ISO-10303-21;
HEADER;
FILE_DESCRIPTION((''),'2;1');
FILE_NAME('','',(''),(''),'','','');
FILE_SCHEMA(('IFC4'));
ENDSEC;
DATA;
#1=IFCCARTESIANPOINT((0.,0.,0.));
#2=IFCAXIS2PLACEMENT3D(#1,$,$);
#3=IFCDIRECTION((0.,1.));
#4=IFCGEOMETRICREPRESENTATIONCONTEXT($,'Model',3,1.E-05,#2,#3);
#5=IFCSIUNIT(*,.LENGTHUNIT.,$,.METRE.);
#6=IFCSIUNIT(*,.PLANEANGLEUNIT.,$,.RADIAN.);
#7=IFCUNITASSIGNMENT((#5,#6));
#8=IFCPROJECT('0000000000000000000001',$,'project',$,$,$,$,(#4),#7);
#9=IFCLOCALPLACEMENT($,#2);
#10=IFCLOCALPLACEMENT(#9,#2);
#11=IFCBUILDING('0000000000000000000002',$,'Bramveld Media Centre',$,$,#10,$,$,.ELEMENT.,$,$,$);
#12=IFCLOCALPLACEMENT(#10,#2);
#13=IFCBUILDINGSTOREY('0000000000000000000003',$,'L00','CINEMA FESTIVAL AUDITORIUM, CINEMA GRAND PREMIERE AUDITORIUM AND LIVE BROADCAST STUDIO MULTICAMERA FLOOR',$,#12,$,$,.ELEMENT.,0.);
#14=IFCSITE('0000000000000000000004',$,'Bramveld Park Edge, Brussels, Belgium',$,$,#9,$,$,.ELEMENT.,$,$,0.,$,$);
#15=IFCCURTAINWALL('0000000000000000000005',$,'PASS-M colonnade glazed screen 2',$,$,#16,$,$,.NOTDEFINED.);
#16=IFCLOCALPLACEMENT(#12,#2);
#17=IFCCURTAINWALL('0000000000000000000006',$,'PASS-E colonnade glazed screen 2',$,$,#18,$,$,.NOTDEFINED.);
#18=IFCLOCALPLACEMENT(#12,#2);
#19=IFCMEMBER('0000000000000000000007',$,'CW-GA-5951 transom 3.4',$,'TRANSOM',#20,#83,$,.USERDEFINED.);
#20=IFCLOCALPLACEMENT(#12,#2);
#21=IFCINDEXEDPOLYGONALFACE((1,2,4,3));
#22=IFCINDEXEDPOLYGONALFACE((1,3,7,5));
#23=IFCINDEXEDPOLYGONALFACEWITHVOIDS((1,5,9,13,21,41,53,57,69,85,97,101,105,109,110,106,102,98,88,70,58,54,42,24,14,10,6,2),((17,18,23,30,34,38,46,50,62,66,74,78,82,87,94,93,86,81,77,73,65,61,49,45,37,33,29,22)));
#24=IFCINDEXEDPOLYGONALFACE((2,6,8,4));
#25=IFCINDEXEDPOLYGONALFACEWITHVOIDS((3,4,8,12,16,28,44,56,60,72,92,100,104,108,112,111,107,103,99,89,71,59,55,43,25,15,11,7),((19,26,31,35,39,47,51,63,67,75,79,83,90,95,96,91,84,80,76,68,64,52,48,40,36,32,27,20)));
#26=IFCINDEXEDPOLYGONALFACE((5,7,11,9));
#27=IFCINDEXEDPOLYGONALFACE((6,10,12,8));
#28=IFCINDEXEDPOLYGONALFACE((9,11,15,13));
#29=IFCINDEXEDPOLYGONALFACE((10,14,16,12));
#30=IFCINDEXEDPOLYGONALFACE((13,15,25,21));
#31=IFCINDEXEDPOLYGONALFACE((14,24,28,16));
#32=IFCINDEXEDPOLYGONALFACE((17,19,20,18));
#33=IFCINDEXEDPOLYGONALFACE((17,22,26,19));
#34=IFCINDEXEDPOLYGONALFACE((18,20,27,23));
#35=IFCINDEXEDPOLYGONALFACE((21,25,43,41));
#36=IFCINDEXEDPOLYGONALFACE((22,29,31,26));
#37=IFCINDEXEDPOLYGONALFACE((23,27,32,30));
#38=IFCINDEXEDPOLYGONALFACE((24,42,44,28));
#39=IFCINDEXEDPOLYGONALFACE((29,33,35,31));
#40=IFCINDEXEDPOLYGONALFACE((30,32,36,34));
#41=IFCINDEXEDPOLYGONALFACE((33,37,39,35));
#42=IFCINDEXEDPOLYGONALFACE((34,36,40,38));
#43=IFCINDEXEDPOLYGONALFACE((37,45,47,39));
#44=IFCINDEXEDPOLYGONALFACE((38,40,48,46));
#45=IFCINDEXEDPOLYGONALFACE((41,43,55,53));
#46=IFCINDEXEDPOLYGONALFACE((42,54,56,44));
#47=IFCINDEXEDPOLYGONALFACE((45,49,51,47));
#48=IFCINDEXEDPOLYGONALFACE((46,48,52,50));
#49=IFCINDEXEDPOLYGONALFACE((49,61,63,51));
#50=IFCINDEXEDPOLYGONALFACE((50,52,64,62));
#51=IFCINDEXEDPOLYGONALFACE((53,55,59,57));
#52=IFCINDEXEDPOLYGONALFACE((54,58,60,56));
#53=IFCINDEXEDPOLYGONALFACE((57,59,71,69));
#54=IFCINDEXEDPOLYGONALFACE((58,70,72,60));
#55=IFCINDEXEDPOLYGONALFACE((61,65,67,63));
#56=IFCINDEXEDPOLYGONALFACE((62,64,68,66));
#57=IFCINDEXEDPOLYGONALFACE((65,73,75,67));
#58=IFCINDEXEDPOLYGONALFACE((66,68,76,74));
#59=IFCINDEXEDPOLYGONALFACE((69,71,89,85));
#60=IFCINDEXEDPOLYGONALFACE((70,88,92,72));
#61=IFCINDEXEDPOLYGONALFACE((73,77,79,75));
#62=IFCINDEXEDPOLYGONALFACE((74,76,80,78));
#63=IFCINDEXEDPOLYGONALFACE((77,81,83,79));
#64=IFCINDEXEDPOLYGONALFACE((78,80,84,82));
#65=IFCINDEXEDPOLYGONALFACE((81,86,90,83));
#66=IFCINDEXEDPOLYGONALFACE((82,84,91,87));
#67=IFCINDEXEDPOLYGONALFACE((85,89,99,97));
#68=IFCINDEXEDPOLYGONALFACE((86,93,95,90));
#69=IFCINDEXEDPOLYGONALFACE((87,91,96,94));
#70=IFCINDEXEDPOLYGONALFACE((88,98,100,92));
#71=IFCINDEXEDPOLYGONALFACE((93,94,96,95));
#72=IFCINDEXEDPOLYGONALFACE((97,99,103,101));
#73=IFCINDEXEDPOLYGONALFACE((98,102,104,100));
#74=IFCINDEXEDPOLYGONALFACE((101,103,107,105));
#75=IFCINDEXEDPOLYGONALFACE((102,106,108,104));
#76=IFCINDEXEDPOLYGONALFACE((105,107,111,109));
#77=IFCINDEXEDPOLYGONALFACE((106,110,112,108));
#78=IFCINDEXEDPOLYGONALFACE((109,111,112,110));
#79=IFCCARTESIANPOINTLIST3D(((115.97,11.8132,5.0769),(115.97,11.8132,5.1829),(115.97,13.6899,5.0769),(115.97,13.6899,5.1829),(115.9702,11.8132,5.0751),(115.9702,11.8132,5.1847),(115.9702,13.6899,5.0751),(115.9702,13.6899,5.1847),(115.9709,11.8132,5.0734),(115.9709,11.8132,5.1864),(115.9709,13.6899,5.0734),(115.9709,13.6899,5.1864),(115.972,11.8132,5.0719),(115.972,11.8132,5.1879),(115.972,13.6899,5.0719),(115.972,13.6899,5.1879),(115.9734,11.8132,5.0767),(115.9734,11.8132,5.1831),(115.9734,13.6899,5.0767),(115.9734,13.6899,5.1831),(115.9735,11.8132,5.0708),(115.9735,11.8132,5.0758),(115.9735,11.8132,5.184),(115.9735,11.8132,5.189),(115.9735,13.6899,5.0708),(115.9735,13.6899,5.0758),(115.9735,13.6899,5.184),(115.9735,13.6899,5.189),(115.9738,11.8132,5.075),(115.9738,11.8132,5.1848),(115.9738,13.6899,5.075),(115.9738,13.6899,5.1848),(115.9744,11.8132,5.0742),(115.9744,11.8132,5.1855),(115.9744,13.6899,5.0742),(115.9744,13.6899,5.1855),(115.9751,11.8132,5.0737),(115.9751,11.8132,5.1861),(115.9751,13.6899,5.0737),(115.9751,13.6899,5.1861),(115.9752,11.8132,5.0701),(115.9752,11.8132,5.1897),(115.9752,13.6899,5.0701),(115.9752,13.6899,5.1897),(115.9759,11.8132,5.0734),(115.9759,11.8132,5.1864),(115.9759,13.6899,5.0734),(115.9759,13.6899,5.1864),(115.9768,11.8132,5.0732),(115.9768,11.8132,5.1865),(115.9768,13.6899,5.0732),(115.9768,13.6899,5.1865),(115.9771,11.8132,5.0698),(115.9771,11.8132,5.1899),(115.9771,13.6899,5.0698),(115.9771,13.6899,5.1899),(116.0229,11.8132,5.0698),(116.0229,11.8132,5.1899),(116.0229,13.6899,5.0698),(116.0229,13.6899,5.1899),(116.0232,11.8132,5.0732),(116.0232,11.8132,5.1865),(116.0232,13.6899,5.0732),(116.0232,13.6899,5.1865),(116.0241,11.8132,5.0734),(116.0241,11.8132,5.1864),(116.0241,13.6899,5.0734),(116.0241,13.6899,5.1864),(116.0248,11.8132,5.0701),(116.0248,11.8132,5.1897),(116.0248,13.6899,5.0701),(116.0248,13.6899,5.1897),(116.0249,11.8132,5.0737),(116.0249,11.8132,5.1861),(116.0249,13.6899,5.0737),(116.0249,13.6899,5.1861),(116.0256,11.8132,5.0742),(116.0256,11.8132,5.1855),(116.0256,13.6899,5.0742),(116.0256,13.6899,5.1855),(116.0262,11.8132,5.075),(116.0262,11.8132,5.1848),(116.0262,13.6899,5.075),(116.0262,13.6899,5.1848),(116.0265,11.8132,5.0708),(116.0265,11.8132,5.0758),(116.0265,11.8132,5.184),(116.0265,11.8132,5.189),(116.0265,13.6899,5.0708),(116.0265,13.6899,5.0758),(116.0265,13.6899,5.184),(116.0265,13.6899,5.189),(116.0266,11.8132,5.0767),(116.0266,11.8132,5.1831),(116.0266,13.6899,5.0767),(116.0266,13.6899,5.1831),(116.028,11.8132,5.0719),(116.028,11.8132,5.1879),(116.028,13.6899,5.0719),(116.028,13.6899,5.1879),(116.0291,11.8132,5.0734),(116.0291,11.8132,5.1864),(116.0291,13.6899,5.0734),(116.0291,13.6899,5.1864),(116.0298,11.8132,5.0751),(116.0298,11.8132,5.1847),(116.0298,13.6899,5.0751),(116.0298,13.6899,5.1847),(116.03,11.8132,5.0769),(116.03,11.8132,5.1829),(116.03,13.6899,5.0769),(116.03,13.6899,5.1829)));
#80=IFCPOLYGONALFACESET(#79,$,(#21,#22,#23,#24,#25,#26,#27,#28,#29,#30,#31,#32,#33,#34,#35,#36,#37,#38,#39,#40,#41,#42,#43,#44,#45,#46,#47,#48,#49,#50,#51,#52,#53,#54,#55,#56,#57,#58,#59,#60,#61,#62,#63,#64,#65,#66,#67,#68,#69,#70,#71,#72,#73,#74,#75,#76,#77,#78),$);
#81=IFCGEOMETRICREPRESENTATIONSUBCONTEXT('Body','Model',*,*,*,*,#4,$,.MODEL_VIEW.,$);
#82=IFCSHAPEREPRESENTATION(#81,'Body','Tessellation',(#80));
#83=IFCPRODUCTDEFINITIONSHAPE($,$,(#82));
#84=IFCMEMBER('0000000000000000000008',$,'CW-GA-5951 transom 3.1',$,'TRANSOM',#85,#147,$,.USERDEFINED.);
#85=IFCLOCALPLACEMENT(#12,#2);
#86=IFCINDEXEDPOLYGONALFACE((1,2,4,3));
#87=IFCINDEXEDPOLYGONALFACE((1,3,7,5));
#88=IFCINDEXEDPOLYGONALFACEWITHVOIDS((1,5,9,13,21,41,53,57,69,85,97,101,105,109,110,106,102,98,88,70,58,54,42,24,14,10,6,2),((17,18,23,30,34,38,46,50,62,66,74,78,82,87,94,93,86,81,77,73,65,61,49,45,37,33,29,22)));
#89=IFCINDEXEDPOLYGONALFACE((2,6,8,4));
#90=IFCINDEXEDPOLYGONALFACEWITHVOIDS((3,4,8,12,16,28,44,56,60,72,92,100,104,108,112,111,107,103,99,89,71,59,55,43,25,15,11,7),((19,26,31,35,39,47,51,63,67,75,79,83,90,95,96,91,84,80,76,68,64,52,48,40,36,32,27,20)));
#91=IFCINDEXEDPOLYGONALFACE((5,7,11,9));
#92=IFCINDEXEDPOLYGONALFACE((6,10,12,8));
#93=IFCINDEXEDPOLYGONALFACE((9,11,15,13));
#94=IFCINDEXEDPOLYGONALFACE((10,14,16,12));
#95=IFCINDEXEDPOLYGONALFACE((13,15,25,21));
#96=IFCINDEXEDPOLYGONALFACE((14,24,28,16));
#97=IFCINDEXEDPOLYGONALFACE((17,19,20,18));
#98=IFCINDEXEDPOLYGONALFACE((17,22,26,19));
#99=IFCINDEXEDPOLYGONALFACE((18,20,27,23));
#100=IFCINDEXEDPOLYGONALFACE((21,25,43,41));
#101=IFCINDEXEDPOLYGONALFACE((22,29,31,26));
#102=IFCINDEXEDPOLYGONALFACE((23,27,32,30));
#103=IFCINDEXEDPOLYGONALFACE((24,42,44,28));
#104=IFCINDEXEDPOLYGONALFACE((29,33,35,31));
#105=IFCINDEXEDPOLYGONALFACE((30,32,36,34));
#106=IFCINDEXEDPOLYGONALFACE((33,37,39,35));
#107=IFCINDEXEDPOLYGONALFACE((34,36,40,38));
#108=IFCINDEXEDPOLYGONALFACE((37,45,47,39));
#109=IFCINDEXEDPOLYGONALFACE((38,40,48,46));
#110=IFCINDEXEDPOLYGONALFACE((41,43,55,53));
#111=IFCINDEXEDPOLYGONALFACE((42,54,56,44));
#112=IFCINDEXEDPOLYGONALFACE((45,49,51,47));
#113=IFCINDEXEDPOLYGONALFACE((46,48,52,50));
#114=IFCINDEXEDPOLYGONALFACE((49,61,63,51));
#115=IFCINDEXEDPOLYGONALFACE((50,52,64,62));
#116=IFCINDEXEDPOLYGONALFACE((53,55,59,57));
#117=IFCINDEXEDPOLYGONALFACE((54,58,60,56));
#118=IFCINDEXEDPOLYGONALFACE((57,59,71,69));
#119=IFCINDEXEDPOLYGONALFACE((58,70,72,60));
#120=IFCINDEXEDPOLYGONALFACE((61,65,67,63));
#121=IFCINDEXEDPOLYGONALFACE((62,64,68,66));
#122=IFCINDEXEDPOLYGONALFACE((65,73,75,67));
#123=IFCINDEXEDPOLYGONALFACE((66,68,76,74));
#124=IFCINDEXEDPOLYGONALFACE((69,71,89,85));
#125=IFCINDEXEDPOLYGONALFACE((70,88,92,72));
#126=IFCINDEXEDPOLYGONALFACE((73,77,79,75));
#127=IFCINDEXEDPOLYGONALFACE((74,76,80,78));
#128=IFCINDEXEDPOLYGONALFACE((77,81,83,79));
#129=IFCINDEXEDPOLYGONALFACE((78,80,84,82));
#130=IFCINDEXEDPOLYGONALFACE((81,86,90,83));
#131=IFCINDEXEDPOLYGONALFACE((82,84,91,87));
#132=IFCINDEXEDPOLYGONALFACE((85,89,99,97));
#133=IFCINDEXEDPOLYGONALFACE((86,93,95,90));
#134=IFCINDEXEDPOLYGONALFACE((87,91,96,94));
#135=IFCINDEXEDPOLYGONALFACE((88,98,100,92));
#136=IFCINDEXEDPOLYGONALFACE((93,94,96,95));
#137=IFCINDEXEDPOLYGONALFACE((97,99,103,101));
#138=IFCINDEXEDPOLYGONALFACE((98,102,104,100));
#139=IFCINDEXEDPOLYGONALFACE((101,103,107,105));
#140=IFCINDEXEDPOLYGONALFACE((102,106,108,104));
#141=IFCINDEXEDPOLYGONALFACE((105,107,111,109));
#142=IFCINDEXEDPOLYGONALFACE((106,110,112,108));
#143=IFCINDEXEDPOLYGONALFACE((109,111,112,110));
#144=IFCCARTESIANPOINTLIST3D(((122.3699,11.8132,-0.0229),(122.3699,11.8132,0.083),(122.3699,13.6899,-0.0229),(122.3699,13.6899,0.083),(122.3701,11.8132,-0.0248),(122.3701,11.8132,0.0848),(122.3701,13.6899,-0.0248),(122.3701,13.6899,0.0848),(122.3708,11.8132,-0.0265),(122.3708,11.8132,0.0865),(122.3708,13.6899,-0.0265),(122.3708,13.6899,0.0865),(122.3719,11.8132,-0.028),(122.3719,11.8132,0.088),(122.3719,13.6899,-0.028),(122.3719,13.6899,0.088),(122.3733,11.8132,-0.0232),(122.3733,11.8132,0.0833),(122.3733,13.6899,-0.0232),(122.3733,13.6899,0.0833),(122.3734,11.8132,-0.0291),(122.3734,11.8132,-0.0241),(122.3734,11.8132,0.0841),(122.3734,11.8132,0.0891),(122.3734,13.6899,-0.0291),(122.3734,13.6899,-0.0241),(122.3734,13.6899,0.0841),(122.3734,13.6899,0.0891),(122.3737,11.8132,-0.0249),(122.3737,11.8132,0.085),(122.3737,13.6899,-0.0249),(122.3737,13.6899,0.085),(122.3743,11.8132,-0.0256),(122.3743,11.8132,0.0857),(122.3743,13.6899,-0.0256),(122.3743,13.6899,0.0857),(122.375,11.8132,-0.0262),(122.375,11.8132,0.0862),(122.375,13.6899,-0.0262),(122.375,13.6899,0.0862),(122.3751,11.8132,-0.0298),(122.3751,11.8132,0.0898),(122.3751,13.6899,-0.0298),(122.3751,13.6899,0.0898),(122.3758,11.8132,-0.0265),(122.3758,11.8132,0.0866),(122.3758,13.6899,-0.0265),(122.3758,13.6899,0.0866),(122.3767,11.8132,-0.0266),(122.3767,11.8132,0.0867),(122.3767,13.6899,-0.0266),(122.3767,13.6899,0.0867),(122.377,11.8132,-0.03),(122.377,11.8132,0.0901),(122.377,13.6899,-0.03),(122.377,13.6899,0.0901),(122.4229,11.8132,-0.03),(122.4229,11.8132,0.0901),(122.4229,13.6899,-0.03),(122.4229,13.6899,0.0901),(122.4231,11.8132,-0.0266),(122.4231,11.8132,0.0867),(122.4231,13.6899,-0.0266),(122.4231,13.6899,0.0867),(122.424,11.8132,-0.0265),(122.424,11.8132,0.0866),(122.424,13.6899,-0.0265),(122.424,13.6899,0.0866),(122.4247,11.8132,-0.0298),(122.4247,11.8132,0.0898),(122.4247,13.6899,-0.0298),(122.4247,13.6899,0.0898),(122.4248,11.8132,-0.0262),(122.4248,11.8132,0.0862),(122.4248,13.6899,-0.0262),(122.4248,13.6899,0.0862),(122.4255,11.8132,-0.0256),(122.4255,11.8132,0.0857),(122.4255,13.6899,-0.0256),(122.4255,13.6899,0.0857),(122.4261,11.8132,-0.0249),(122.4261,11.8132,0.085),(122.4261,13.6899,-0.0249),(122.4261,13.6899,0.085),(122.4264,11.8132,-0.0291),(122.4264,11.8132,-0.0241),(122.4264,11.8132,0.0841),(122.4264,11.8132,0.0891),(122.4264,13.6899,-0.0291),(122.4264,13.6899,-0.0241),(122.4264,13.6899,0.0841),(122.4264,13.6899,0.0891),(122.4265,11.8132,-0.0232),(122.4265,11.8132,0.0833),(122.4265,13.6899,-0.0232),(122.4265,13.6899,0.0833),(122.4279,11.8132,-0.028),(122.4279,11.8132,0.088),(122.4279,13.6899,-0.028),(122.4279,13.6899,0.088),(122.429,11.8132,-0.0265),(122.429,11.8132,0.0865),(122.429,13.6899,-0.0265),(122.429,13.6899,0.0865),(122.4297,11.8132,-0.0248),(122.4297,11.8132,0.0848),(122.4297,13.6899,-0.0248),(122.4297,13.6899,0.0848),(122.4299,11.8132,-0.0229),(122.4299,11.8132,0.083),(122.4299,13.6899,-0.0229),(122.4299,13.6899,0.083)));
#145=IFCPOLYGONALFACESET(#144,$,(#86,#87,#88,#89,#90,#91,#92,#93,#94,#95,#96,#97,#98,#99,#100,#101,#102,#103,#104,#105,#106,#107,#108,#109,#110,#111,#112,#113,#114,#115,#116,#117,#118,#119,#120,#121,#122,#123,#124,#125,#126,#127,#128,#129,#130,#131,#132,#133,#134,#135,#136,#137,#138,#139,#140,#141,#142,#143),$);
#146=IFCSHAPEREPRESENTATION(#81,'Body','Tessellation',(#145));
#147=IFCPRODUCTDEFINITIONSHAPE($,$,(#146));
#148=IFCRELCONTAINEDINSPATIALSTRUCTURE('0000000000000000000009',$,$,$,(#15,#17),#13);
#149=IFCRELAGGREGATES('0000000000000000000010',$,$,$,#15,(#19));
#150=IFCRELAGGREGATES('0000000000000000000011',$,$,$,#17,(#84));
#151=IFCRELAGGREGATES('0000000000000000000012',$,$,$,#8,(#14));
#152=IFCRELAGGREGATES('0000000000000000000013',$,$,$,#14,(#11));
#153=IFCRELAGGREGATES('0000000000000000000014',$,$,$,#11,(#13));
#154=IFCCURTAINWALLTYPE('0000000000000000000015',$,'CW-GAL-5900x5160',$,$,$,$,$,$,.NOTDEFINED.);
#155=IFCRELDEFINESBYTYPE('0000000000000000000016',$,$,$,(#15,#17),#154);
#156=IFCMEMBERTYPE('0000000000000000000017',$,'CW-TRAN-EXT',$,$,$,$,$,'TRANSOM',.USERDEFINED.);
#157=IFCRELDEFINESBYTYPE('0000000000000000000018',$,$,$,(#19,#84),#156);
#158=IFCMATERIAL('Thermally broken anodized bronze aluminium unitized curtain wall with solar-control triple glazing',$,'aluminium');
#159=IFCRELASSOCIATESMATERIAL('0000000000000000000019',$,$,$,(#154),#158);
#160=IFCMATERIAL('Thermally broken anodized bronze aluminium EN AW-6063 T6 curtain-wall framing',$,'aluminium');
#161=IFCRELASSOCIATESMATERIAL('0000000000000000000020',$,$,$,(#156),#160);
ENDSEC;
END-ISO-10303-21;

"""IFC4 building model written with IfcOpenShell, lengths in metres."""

from ifc_helpers import new_model, si_unit, direction, frame, origin, origin_2d, place, context, subcontext, project, spatial, hollow_rectangle, extrude, material, material_profile, profile_set, type_object, element, aggregate, save


model = new_model("IFC4")

# Units and contexts
model_context = context("Model", 3, precision=1e-05, world=origin(), true_north=direction((0.0, 1.0)))
body_context = subcontext(model_context, "Body", "Model", "MODEL_VIEW")
ifc_project = project(units=[si_unit("LENGTHUNIT", "METRE"), si_unit("PLANEANGLEUNIT", "RADIAN")], contexts=[model_context])

# Site, building, storey
site_placement = place(None, origin())
site = spatial("IfcSite", under=ifc_project, at=site_placement, Name="Bramveld Park Edge, Brussels, Belgium", CompositionType="ELEMENT", RefElevation=0.0)
building_placement = place(site_placement, origin())
building = spatial("IfcBuilding", under=site, at=building_placement, Name="Bramveld Media Centre", CompositionType="ELEMENT")
storey_placement = place(building_placement, origin())
storey = spatial("IfcBuildingStorey", under=building, at=storey_placement, Name="L00", Description="CINEMA FESTIVAL AUDITORIUM, CINEMA GRAND PREMIERE AUDITORIUM AND LIVE BROADCAST STUDIO MULTICAMERA FLOOR", CompositionType="ELEMENT", Elevation=0.0)

# Curtain walls
ifc_material_1 = material(Name="Thermally broken anodized bronze aluminium unitized curtain wall with solar-control triple glazing", Category="aluminium")
curtain_wall_type = type_object("IfcCurtainWallType", Name="CW-GAL-5900x5160", PredefinedType="NOTDEFINED", material=ifc_material_1)
curtain_wall_1_placement = place(storey_placement, origin())
curtain_wall_1 = element("IfcCurtainWall", 1, at=curtain_wall_1_placement, inside=storey, type_object=curtain_wall_type, Name="PASS-M colonnade glazed screen 2", PredefinedType="NOTDEFINED")
curtain_wall_2_placement = place(storey_placement, origin())
curtain_wall_2 = element("IfcCurtainWall", 2, at=curtain_wall_2_placement, inside=storey, type_object=curtain_wall_type, Name="PASS-E colonnade glazed screen 2", PredefinedType="NOTDEFINED")

# Members
ifc_material_2 = material(Name="Thermally broken anodized bronze aluminium EN AW-6063 T6 curtain-wall framing", Category="aluminium")
ifc_material_profile_1 = material_profile(ifc_material_2, hollow_rectangle(XDim=0.0601, YDim=0.1201, WallThickness=0.0034, InnerFilletRadius=0.0034, OuterFilletRadius=0.0071, at=origin_2d()), Name="AL-TRAN 60x120")
ifc_profile_set_1 = profile_set([ifc_material_profile_1], Name="Thermally broken anodized bronze aluminium EN AW-6063 T6 curtain-wall framing")
member_type_1 = type_object("IfcMemberType", Name="CW-TRAN-EXT", ElementType="TRANSOM", PredefinedType="USERDEFINED", material=ifc_profile_set_1)
member_1_placement = place(storey_placement, frame((116.0, 11.8132, 5.1299), z_axis=(0.0, 1.0, 0.0), x_axis=(-1.0, 0.0, 0.0)))
member_1 = element("IfcMember", 3, at=member_1_placement, type_object=member_type_1, Name="CW-GA-5951 transom 3.4", ObjectType="TRANSOM", PredefinedType="USERDEFINED", context=body_context, shape_type="SweptSolid", body=[
    extrude(hollow_rectangle(XDim=0.0601, YDim=0.1201, WallThickness=0.0034, InnerFilletRadius=0.0034, OuterFilletRadius=0.0071, at=origin_2d()), origin(), (0.0, 0.0, 1.0), 1.8767),
])
member_2_placement = place(storey_placement, frame((122.3999, 11.8132, 0.03), z_axis=(0.0, 1.0, 0.0), x_axis=(-1.0, 0.0, 0.0)))
member_2 = element("IfcMember", 4, at=member_2_placement, type_object=member_type_1, Name="CW-GA-5951 transom 3.1", ObjectType="TRANSOM", PredefinedType="USERDEFINED", context=body_context, shape_type="SweptSolid", body=[
    extrude(hollow_rectangle(XDim=0.0601, YDim=0.1201, WallThickness=0.0034, InnerFilletRadius=0.0034, OuterFilletRadius=0.0071, at=origin_2d()), origin(), (0.0, 0.0, 1.0), 1.8767),
])

aggregate(curtain_wall_1, [member_1])
aggregate(curtain_wall_2, [member_2])

save(model, "model.ifc")
